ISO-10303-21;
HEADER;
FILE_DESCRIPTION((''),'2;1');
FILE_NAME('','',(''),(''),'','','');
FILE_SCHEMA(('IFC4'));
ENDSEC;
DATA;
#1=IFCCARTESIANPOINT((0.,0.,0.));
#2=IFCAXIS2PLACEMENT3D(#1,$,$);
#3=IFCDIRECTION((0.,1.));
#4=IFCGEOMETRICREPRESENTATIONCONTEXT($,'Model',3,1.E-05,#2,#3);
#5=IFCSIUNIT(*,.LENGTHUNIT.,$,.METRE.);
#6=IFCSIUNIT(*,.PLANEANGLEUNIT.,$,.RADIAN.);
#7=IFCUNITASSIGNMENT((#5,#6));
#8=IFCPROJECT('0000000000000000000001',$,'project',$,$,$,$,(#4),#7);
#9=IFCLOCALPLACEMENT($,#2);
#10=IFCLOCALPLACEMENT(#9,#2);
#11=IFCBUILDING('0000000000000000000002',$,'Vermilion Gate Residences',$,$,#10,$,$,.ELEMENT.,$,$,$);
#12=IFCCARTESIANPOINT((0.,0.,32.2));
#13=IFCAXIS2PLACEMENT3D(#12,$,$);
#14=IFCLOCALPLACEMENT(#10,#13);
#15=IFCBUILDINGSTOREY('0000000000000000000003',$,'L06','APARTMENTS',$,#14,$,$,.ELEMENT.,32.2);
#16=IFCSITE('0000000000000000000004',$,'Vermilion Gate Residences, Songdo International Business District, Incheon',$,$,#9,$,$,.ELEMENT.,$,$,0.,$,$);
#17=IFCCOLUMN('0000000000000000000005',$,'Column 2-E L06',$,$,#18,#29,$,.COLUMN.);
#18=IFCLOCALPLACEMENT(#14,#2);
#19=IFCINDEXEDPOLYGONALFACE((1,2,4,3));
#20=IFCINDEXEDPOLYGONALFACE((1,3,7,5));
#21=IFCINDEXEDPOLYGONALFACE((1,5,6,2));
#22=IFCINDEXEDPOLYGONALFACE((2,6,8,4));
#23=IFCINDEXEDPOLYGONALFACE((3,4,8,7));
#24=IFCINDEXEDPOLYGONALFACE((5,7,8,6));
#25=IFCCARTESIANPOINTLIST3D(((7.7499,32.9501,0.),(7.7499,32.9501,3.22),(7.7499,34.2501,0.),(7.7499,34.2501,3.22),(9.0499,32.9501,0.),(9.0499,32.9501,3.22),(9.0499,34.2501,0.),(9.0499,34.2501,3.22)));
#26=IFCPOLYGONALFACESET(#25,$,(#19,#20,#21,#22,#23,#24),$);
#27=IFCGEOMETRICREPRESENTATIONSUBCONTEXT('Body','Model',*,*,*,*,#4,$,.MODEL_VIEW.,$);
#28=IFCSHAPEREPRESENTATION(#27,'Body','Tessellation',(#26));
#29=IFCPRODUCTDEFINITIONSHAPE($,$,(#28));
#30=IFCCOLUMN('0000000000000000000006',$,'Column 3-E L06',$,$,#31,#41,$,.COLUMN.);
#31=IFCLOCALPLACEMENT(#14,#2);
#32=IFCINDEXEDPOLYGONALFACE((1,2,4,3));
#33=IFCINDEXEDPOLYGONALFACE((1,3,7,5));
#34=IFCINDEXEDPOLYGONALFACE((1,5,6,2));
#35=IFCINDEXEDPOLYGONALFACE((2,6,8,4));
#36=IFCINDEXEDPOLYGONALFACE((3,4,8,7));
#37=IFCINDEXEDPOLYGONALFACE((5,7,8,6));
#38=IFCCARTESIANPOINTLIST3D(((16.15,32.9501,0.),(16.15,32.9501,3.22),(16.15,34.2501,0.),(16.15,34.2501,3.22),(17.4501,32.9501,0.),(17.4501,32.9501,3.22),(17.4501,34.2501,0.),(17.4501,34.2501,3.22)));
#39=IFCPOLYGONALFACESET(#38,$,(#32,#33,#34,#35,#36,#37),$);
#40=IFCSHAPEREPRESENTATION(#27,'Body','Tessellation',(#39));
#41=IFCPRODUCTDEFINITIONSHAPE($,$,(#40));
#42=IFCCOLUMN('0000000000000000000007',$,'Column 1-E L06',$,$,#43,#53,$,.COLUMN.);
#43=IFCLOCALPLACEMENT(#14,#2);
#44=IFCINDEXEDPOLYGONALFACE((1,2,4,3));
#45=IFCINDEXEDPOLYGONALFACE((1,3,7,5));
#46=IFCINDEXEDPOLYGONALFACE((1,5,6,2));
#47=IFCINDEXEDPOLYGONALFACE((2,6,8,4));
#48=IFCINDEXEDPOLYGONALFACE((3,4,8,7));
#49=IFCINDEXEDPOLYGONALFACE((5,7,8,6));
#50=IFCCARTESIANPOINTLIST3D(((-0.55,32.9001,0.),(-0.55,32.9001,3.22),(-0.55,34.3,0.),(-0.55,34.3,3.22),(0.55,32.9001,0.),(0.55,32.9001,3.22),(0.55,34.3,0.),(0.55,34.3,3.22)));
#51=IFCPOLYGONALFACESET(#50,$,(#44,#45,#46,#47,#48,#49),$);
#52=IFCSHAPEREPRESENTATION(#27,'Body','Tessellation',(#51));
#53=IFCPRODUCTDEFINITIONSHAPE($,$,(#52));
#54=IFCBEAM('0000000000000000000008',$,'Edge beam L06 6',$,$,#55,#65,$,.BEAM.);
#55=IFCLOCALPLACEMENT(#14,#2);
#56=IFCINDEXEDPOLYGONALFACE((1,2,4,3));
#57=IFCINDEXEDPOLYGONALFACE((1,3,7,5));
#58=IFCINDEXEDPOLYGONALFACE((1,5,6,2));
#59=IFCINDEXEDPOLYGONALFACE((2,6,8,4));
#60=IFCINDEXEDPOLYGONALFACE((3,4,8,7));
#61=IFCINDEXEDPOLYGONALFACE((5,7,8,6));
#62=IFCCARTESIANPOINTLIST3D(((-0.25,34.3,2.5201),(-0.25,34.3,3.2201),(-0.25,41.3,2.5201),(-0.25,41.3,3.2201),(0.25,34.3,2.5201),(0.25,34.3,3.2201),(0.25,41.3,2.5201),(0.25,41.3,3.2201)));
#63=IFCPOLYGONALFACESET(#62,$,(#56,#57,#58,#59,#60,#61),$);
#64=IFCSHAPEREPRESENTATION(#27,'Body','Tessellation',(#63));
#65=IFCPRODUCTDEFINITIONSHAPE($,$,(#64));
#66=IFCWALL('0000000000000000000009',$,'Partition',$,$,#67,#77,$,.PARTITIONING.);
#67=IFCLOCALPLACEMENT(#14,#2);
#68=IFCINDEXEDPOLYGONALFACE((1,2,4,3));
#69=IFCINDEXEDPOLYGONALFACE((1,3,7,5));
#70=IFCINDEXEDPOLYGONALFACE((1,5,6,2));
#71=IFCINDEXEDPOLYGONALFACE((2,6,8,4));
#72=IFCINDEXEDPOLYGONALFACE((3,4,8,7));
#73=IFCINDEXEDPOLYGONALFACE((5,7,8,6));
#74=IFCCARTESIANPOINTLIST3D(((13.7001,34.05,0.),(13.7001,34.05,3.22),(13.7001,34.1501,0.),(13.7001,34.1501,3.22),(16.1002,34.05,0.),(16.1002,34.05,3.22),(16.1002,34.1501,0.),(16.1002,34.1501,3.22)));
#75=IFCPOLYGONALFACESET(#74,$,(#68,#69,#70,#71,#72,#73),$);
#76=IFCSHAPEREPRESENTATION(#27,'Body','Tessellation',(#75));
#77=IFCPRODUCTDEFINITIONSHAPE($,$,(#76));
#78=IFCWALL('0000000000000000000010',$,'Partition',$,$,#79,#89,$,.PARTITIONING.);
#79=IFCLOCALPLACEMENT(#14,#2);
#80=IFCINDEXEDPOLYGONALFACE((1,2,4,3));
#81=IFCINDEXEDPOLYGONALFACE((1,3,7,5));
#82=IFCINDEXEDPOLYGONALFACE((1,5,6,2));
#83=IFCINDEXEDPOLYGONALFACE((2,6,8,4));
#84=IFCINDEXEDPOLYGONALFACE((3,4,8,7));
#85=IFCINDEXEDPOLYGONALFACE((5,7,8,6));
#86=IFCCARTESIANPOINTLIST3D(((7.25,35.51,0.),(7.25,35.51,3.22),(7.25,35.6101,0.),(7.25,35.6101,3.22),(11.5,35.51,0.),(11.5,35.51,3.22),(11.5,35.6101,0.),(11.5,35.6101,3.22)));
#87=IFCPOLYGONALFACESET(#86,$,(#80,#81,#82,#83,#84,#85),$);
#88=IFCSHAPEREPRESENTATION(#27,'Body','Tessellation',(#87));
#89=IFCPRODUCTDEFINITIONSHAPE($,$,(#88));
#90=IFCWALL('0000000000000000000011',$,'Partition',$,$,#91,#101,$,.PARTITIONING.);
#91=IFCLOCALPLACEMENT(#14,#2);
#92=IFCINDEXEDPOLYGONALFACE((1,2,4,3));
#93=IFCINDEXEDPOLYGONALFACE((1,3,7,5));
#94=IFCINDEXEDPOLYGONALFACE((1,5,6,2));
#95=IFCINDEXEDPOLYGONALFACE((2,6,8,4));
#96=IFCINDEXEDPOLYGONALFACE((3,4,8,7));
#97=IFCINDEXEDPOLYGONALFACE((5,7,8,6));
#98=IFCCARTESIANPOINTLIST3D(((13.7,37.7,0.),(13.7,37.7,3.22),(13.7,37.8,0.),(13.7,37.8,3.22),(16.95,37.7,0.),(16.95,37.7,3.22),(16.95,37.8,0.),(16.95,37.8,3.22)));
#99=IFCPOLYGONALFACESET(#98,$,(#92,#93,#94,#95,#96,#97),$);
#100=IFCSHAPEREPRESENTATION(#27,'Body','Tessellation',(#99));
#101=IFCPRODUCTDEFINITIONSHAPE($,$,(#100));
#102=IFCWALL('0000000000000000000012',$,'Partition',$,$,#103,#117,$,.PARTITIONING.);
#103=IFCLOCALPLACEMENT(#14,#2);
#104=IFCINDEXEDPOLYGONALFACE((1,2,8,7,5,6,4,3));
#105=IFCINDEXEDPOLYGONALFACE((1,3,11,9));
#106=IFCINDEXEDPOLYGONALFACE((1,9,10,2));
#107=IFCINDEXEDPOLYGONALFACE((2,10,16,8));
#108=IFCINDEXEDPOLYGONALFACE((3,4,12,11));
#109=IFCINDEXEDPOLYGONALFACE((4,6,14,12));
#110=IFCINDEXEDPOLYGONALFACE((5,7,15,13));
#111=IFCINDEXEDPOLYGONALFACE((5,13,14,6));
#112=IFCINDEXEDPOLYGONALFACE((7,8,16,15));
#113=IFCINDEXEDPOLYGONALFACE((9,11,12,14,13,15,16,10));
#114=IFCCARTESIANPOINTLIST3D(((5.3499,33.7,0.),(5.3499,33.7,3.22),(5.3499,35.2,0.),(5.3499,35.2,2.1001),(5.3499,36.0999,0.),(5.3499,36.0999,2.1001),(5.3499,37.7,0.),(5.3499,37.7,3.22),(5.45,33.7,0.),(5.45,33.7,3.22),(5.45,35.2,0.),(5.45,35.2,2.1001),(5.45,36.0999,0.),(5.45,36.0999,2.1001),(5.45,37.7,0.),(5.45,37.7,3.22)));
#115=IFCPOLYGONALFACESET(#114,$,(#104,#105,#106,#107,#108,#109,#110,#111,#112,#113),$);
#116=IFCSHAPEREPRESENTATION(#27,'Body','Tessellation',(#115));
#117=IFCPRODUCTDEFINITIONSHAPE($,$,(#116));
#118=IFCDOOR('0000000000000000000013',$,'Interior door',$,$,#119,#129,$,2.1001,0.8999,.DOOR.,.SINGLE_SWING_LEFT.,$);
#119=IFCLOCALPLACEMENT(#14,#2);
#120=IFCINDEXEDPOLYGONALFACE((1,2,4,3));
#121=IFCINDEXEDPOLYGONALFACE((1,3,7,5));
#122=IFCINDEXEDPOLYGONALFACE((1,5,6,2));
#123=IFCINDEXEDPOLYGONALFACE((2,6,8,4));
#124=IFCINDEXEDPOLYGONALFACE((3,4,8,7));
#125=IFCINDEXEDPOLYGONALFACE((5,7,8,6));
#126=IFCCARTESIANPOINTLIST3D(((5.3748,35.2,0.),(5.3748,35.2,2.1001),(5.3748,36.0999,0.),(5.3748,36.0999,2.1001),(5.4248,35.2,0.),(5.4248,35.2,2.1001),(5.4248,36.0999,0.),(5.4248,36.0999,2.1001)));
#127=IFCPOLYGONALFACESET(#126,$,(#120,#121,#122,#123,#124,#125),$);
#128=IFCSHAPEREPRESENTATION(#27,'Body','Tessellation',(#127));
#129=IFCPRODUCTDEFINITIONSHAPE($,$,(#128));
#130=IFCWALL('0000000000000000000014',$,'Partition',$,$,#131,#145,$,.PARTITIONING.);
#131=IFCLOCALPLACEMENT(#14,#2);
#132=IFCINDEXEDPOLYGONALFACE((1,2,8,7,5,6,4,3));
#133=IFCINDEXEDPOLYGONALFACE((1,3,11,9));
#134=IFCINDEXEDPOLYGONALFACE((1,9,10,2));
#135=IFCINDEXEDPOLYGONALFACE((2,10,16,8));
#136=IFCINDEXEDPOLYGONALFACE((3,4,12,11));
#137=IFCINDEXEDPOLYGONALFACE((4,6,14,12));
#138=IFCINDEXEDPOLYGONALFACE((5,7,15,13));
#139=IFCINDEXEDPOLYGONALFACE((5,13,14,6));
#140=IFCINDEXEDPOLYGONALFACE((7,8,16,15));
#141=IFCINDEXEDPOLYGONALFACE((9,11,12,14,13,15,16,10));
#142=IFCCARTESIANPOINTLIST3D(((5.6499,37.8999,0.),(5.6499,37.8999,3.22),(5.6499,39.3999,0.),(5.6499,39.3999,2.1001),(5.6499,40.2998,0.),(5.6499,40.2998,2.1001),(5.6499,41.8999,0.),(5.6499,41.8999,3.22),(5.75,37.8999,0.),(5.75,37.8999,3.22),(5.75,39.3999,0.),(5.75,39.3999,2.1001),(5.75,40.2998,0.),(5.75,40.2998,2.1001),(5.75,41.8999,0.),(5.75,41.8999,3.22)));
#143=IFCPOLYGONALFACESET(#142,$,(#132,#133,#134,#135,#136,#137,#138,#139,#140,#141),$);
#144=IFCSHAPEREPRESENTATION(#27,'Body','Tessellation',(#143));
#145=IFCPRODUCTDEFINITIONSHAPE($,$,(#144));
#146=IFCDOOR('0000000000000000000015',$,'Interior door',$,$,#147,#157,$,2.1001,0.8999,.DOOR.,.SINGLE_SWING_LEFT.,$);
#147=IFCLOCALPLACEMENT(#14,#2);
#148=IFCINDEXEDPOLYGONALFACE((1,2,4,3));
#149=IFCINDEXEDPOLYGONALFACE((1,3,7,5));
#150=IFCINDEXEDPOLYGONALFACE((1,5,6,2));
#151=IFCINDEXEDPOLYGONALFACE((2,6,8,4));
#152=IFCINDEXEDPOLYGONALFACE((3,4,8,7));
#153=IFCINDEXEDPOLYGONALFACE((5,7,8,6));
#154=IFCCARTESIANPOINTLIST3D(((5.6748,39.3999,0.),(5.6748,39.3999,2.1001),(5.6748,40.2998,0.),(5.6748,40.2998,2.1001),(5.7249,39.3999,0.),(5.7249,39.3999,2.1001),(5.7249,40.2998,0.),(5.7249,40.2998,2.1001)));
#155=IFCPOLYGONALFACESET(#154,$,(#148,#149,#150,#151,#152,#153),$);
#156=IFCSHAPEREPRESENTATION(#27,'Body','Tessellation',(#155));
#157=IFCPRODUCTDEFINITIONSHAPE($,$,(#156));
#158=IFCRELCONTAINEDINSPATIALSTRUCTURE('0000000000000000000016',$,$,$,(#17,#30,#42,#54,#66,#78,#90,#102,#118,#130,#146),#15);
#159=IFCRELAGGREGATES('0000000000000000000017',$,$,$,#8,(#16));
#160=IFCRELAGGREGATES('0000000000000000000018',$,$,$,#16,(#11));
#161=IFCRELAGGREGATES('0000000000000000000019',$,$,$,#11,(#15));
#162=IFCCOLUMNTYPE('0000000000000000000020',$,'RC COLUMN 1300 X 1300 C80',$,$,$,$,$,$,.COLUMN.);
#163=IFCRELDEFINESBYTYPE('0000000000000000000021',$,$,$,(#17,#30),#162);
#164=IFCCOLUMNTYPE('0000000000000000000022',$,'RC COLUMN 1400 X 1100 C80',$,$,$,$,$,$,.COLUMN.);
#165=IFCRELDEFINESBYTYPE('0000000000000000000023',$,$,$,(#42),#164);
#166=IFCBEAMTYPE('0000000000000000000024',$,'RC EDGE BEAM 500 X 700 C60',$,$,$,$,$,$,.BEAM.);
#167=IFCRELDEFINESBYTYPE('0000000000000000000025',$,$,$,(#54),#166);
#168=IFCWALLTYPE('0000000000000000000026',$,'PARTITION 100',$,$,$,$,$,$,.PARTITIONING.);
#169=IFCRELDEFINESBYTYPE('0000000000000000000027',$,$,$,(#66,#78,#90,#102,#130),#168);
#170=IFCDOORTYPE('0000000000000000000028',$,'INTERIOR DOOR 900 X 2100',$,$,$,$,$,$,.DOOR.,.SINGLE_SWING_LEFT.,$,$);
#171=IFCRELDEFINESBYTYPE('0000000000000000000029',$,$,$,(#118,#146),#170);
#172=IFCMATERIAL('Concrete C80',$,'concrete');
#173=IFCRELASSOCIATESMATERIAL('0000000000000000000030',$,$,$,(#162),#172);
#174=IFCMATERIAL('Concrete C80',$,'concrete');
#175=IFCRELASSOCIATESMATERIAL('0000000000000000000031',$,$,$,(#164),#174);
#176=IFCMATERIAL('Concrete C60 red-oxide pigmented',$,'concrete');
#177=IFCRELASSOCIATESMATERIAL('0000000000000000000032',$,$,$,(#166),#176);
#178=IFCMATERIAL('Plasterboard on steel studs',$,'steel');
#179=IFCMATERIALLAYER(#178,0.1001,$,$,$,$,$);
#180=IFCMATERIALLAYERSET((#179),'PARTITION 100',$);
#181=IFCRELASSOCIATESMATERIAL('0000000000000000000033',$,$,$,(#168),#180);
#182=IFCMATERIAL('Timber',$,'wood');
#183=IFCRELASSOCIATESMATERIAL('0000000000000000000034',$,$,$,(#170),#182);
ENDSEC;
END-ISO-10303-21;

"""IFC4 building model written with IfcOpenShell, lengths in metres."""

from ifc_helpers import new_model, si_unit, direction, frame, frame_2d, origin, origin_2d, place, context, subcontext, project, spatial, rectangle, extrude, material, layer, layer_set, material_profile, profile_set, type_object, element, fill, save


model = new_model("IFC4")

# Units and contexts
model_context = context("Model", 3, precision=1e-05, world=origin(), true_north=direction((0.0, 1.0)))
body_context = subcontext(model_context, "Body", "Model", "MODEL_VIEW")
ifc_project = project(units=[si_unit("LENGTHUNIT", "METRE"), si_unit("PLANEANGLEUNIT", "RADIAN")], contexts=[model_context])

# Site, building, storey
site_placement = place(None, origin())
site = spatial("IfcSite", under=ifc_project, at=site_placement, Name="Vermilion Gate Residences, Songdo International Business District, Incheon", CompositionType="ELEMENT", RefElevation=0.0)
building_placement = place(site_placement, origin())
building = spatial("IfcBuilding", under=site, at=building_placement, Name="Vermilion Gate Residences", CompositionType="ELEMENT")
storey_placement = place(building_placement, frame((0.0, 0.0, 32.2)))
storey = spatial("IfcBuildingStorey", under=building, at=storey_placement, Name="L06", Description="APARTMENTS", CompositionType="ELEMENT", Elevation=32.2)

# Columns
ifc_material_1 = material(Name="Concrete C80", Category="concrete")
ifc_material_profile_1 = material_profile(ifc_material_1, rectangle(XDim=1.3, YDim=1.3, at=origin_2d()), Name="RC-1300x1300")
ifc_profile_set_1 = profile_set([ifc_material_profile_1], Name="Concrete C80")
column_type_1 = type_object("IfcColumnType", Name="RC COLUMN 1300 X 1300 C80", PredefinedType="COLUMN", material=ifc_profile_set_1)
for number, where, z_axis, x_axis, name in (
    (1, (8.3999, 33.6001, 0.0), (0.0, 0.0, 1.0), (1.0, 0.0, 0.0), "Column 2-E L06"),
    (2, (16.8, 33.6001, 0.0), (0.0, 0.0, 1.0), (1.0, 0.0, 0.0), "Column 3-E L06"),
):
    element("IfcColumn", number, at=place(storey_placement, frame(where, z_axis=z_axis, x_axis=x_axis)), inside=storey, type_object=column_type_1, Name=name, PredefinedType="COLUMN", context=body_context, shape_type="SweptSolid", body=[
        extrude(rectangle(XDim=1.3, YDim=1.3, at=origin_2d()), origin(), (0.0, 0.0, 1.0), 3.22),
    ])
ifc_material_2 = material(Name="Concrete C80", Category="concrete")
ifc_material_profile_2 = material_profile(ifc_material_2, rectangle(XDim=1.3999, YDim=1.1001, at=origin_2d()), Name="RC-1400x1100")
ifc_profile_set_2 = profile_set([ifc_material_profile_2], Name="Concrete C80")
column_type_2 = type_object("IfcColumnType", Name="RC COLUMN 1400 X 1100 C80", PredefinedType="COLUMN", material=ifc_profile_set_2)
column_placement = place(storey_placement, frame((0.0, 33.6001, 0.0), z_axis=(0.0, 0.0, 1.0), x_axis=(0.0, 1.0, 0.0)))
element("IfcColumn", 3, at=column_placement, inside=storey, type_object=column_type_2, Name="Column 1-E L06", PredefinedType="COLUMN", context=body_context, shape_type="SweptSolid", body=[
    extrude(rectangle(XDim=1.3999, YDim=1.1001, at=origin_2d()), origin(), (0.0, 0.0, 1.0), 3.22),
])

# Beam
ifc_material_3 = material(Name="Concrete C60 red-oxide pigmented", Category="concrete")
ifc_material_profile_3 = material_profile(ifc_material_3, rectangle(XDim=0.5, YDim=0.7, at=origin_2d()), Name="RC-500x700")
ifc_profile_set_3 = profile_set([ifc_material_profile_3], Name="Concrete C60 red-oxide pigmented")
beam_type = type_object("IfcBeamType", Name="RC EDGE BEAM 500 X 700 C60", PredefinedType="BEAM", material=ifc_profile_set_3)
beam_placement = place(storey_placement, frame((0.0, 34.3, 2.8701), z_axis=(0.0, 1.0, 0.0), x_axis=(-1.0, 0.0, 0.0)))
element("IfcBeam", 4, at=beam_placement, inside=storey, type_object=beam_type, Name="Edge beam L06 6", PredefinedType="BEAM", context=body_context, shape_type="SweptSolid", body=[
    extrude(rectangle(XDim=0.5, YDim=0.7, at=origin_2d()), origin(), (0.0, 0.0, 1.0), 7.0),
])

# Walls
ifc_material_4 = material(Name="Plasterboard on steel studs", Category="steel")
ifc_layer_1 = layer(ifc_material_4, 0.1001)
ifc_layer_set_1 = layer_set([ifc_layer_1], Name="PARTITION 100")
wall_type_1 = type_object("IfcWallType", Name="PARTITION 100", PredefinedType="PARTITIONING", material=ifc_layer_set_1)
wall_1_placement = place(storey_placement, frame((13.7, 34.1001, 0.0), z_axis=(0.0, 0.0, 1.0), x_axis=(1.0, 0.0, 0.0)))
element("IfcWall", 5, at=wall_1_placement, inside=storey, type_object=wall_type_1, Name="Partition", PredefinedType="PARTITIONING", context=body_context, shape_type="SweptSolid", body=[
    extrude(rectangle(XDim=2.4001, YDim=0.1001, at=frame_2d((1.2002, 0.0))), origin(), (0.0, 0.0, 1.0), 3.22),
])
wall_2_placement = place(storey_placement, frame((7.25, 35.5601, 0.0), z_axis=(0.0, 0.0, 1.0), x_axis=(1.0, 0.0, 0.0)))
element("IfcWall", 6, at=wall_2_placement, inside=storey, type_object=wall_type_1, Name="Partition", PredefinedType="PARTITIONING", context=body_context, shape_type="SweptSolid", body=[
    extrude(rectangle(XDim=4.25, YDim=0.1001, at=frame_2d((2.125, 0.0))), origin(), (0.0, 0.0, 1.0), 3.22),
])
wall_3_placement = place(storey_placement, frame((13.7, 37.75, 0.0), z_axis=(0.0, 0.0, 1.0), x_axis=(1.0, 0.0, 0.0)))
element("IfcWall", 7, at=wall_3_placement, inside=storey, type_object=wall_type_1, Name="Partition", PredefinedType="PARTITIONING", context=body_context, shape_type="SweptSolid", body=[
    extrude(rectangle(XDim=3.25, YDim=0.1001, at=frame_2d((1.625, 0.0))), origin(), (0.0, 0.0, 1.0), 3.22),
])

# Walls, openings, doors
wall_4_placement = place(storey_placement, frame((5.3999, 33.7, 0.0), z_axis=(0.0, 0.0, 1.0), x_axis=(0.0, 1.0, 0.0)))
wall_4 = element("IfcWall", 8, at=wall_4_placement, inside=storey, type_object=wall_type_1, Name="Partition", PredefinedType="PARTITIONING", context=body_context, shape_type="SweptSolid", body=[
    extrude(rectangle(XDim=4.0, YDim=0.1001, at=frame_2d((2.0, 0.0))), origin(), (0.0, 0.0, 1.0), 3.22),
])
opening_1_placement = place(wall_4_placement, frame((1.5, 0.0, 0.0)))
opening_1 = element("IfcOpeningElement", 9, at=opening_1_placement, cuts=wall_4, PredefinedType="OPENING", context=body_context, shape_type="SweptSolid", body=[
    extrude(rectangle(XDim=0.8999, YDim=2.1001, at=frame_2d((0.45, 1.05))), frame((0.0, 0.0601, 0.0), z_axis=(0.0, -1.0, 0.0), x_axis=(1.0, 0.0, 0.0)), (0.0, 0.0, 1.0), 0.1201),
])
ifc_material_5 = material(Name="Timber", Category="wood")
door_type = type_object("IfcDoorType", Name="INTERIOR DOOR 900 X 2100", OperationType="SINGLE_SWING_LEFT", PredefinedType="DOOR", material=ifc_material_5)
door_1_placement = place(opening_1_placement, frame((0.8999, 0.0, 0.0), z_axis=(0.0, 0.0, 1.0), x_axis=(-1.0, 0.0, 0.0)))
door_1 = element("IfcDoor", 10, at=door_1_placement, inside=storey, type_object=door_type, Name="Interior door", OperationType="SINGLE_SWING_LEFT", OverallHeight=2.1001, OverallWidth=0.8999, PredefinedType="DOOR", context=body_context, shape_type="SweptSolid", body=[
    extrude(rectangle(XDim=0.8999, YDim=2.1001, at=frame_2d((0.45, 1.05))), frame((0.0, 0.0249, 0.0), z_axis=(0.0, -1.0, 0.0), x_axis=(1.0, 0.0, 0.0)), (0.0, 0.0, 1.0), 0.05),
])
fill(opening_1, door_1)
wall_5_placement = place(storey_placement, frame((5.7, 37.8999, 0.0), z_axis=(0.0, 0.0, 1.0), x_axis=(0.0, 1.0, 0.0)))
wall_5 = element("IfcWall", 11, at=wall_5_placement, inside=storey, type_object=wall_type_1, Name="Partition", PredefinedType="PARTITIONING", context=body_context, shape_type="SweptSolid", body=[
    extrude(rectangle(XDim=4.0, YDim=0.1001, at=frame_2d((2.0, 0.0))), origin(), (0.0, 0.0, 1.0), 3.22),
])
opening_2_placement = place(wall_5_placement, frame((1.5, 0.0, 0.0)))
opening_2 = element("IfcOpeningElement", 12, at=opening_2_placement, cuts=wall_5, PredefinedType="OPENING", context=body_context, shape_type="SweptSolid", body=[
    extrude(rectangle(XDim=0.8999, YDim=2.1001, at=frame_2d((0.45, 1.05))), frame((0.0, 0.0601, 0.0), z_axis=(0.0, -1.0, 0.0), x_axis=(1.0, 0.0, 0.0)), (0.0, 0.0, 1.0), 0.1201),
])
door_2_placement = place(opening_2_placement, frame((0.8999, 0.0, 0.0), z_axis=(0.0, 0.0, 1.0), x_axis=(-1.0, 0.0, 0.0)))
door_2 = element("IfcDoor", 13, at=door_2_placement, inside=storey, type_object=door_type, Name="Interior door", OperationType="SINGLE_SWING_LEFT", OverallHeight=2.1001, OverallWidth=0.8999, PredefinedType="DOOR", context=body_context, shape_type="SweptSolid", body=[
    extrude(rectangle(XDim=0.8999, YDim=2.1001, at=frame_2d((0.45, 1.05))), frame((0.0, 0.0249, 0.0), z_axis=(0.0, -1.0, 0.0), x_axis=(1.0, 0.0, 0.0)), (0.0, 0.0, 1.0), 0.05),
])
fill(opening_2, door_2)

save(model, "model.ifc")
